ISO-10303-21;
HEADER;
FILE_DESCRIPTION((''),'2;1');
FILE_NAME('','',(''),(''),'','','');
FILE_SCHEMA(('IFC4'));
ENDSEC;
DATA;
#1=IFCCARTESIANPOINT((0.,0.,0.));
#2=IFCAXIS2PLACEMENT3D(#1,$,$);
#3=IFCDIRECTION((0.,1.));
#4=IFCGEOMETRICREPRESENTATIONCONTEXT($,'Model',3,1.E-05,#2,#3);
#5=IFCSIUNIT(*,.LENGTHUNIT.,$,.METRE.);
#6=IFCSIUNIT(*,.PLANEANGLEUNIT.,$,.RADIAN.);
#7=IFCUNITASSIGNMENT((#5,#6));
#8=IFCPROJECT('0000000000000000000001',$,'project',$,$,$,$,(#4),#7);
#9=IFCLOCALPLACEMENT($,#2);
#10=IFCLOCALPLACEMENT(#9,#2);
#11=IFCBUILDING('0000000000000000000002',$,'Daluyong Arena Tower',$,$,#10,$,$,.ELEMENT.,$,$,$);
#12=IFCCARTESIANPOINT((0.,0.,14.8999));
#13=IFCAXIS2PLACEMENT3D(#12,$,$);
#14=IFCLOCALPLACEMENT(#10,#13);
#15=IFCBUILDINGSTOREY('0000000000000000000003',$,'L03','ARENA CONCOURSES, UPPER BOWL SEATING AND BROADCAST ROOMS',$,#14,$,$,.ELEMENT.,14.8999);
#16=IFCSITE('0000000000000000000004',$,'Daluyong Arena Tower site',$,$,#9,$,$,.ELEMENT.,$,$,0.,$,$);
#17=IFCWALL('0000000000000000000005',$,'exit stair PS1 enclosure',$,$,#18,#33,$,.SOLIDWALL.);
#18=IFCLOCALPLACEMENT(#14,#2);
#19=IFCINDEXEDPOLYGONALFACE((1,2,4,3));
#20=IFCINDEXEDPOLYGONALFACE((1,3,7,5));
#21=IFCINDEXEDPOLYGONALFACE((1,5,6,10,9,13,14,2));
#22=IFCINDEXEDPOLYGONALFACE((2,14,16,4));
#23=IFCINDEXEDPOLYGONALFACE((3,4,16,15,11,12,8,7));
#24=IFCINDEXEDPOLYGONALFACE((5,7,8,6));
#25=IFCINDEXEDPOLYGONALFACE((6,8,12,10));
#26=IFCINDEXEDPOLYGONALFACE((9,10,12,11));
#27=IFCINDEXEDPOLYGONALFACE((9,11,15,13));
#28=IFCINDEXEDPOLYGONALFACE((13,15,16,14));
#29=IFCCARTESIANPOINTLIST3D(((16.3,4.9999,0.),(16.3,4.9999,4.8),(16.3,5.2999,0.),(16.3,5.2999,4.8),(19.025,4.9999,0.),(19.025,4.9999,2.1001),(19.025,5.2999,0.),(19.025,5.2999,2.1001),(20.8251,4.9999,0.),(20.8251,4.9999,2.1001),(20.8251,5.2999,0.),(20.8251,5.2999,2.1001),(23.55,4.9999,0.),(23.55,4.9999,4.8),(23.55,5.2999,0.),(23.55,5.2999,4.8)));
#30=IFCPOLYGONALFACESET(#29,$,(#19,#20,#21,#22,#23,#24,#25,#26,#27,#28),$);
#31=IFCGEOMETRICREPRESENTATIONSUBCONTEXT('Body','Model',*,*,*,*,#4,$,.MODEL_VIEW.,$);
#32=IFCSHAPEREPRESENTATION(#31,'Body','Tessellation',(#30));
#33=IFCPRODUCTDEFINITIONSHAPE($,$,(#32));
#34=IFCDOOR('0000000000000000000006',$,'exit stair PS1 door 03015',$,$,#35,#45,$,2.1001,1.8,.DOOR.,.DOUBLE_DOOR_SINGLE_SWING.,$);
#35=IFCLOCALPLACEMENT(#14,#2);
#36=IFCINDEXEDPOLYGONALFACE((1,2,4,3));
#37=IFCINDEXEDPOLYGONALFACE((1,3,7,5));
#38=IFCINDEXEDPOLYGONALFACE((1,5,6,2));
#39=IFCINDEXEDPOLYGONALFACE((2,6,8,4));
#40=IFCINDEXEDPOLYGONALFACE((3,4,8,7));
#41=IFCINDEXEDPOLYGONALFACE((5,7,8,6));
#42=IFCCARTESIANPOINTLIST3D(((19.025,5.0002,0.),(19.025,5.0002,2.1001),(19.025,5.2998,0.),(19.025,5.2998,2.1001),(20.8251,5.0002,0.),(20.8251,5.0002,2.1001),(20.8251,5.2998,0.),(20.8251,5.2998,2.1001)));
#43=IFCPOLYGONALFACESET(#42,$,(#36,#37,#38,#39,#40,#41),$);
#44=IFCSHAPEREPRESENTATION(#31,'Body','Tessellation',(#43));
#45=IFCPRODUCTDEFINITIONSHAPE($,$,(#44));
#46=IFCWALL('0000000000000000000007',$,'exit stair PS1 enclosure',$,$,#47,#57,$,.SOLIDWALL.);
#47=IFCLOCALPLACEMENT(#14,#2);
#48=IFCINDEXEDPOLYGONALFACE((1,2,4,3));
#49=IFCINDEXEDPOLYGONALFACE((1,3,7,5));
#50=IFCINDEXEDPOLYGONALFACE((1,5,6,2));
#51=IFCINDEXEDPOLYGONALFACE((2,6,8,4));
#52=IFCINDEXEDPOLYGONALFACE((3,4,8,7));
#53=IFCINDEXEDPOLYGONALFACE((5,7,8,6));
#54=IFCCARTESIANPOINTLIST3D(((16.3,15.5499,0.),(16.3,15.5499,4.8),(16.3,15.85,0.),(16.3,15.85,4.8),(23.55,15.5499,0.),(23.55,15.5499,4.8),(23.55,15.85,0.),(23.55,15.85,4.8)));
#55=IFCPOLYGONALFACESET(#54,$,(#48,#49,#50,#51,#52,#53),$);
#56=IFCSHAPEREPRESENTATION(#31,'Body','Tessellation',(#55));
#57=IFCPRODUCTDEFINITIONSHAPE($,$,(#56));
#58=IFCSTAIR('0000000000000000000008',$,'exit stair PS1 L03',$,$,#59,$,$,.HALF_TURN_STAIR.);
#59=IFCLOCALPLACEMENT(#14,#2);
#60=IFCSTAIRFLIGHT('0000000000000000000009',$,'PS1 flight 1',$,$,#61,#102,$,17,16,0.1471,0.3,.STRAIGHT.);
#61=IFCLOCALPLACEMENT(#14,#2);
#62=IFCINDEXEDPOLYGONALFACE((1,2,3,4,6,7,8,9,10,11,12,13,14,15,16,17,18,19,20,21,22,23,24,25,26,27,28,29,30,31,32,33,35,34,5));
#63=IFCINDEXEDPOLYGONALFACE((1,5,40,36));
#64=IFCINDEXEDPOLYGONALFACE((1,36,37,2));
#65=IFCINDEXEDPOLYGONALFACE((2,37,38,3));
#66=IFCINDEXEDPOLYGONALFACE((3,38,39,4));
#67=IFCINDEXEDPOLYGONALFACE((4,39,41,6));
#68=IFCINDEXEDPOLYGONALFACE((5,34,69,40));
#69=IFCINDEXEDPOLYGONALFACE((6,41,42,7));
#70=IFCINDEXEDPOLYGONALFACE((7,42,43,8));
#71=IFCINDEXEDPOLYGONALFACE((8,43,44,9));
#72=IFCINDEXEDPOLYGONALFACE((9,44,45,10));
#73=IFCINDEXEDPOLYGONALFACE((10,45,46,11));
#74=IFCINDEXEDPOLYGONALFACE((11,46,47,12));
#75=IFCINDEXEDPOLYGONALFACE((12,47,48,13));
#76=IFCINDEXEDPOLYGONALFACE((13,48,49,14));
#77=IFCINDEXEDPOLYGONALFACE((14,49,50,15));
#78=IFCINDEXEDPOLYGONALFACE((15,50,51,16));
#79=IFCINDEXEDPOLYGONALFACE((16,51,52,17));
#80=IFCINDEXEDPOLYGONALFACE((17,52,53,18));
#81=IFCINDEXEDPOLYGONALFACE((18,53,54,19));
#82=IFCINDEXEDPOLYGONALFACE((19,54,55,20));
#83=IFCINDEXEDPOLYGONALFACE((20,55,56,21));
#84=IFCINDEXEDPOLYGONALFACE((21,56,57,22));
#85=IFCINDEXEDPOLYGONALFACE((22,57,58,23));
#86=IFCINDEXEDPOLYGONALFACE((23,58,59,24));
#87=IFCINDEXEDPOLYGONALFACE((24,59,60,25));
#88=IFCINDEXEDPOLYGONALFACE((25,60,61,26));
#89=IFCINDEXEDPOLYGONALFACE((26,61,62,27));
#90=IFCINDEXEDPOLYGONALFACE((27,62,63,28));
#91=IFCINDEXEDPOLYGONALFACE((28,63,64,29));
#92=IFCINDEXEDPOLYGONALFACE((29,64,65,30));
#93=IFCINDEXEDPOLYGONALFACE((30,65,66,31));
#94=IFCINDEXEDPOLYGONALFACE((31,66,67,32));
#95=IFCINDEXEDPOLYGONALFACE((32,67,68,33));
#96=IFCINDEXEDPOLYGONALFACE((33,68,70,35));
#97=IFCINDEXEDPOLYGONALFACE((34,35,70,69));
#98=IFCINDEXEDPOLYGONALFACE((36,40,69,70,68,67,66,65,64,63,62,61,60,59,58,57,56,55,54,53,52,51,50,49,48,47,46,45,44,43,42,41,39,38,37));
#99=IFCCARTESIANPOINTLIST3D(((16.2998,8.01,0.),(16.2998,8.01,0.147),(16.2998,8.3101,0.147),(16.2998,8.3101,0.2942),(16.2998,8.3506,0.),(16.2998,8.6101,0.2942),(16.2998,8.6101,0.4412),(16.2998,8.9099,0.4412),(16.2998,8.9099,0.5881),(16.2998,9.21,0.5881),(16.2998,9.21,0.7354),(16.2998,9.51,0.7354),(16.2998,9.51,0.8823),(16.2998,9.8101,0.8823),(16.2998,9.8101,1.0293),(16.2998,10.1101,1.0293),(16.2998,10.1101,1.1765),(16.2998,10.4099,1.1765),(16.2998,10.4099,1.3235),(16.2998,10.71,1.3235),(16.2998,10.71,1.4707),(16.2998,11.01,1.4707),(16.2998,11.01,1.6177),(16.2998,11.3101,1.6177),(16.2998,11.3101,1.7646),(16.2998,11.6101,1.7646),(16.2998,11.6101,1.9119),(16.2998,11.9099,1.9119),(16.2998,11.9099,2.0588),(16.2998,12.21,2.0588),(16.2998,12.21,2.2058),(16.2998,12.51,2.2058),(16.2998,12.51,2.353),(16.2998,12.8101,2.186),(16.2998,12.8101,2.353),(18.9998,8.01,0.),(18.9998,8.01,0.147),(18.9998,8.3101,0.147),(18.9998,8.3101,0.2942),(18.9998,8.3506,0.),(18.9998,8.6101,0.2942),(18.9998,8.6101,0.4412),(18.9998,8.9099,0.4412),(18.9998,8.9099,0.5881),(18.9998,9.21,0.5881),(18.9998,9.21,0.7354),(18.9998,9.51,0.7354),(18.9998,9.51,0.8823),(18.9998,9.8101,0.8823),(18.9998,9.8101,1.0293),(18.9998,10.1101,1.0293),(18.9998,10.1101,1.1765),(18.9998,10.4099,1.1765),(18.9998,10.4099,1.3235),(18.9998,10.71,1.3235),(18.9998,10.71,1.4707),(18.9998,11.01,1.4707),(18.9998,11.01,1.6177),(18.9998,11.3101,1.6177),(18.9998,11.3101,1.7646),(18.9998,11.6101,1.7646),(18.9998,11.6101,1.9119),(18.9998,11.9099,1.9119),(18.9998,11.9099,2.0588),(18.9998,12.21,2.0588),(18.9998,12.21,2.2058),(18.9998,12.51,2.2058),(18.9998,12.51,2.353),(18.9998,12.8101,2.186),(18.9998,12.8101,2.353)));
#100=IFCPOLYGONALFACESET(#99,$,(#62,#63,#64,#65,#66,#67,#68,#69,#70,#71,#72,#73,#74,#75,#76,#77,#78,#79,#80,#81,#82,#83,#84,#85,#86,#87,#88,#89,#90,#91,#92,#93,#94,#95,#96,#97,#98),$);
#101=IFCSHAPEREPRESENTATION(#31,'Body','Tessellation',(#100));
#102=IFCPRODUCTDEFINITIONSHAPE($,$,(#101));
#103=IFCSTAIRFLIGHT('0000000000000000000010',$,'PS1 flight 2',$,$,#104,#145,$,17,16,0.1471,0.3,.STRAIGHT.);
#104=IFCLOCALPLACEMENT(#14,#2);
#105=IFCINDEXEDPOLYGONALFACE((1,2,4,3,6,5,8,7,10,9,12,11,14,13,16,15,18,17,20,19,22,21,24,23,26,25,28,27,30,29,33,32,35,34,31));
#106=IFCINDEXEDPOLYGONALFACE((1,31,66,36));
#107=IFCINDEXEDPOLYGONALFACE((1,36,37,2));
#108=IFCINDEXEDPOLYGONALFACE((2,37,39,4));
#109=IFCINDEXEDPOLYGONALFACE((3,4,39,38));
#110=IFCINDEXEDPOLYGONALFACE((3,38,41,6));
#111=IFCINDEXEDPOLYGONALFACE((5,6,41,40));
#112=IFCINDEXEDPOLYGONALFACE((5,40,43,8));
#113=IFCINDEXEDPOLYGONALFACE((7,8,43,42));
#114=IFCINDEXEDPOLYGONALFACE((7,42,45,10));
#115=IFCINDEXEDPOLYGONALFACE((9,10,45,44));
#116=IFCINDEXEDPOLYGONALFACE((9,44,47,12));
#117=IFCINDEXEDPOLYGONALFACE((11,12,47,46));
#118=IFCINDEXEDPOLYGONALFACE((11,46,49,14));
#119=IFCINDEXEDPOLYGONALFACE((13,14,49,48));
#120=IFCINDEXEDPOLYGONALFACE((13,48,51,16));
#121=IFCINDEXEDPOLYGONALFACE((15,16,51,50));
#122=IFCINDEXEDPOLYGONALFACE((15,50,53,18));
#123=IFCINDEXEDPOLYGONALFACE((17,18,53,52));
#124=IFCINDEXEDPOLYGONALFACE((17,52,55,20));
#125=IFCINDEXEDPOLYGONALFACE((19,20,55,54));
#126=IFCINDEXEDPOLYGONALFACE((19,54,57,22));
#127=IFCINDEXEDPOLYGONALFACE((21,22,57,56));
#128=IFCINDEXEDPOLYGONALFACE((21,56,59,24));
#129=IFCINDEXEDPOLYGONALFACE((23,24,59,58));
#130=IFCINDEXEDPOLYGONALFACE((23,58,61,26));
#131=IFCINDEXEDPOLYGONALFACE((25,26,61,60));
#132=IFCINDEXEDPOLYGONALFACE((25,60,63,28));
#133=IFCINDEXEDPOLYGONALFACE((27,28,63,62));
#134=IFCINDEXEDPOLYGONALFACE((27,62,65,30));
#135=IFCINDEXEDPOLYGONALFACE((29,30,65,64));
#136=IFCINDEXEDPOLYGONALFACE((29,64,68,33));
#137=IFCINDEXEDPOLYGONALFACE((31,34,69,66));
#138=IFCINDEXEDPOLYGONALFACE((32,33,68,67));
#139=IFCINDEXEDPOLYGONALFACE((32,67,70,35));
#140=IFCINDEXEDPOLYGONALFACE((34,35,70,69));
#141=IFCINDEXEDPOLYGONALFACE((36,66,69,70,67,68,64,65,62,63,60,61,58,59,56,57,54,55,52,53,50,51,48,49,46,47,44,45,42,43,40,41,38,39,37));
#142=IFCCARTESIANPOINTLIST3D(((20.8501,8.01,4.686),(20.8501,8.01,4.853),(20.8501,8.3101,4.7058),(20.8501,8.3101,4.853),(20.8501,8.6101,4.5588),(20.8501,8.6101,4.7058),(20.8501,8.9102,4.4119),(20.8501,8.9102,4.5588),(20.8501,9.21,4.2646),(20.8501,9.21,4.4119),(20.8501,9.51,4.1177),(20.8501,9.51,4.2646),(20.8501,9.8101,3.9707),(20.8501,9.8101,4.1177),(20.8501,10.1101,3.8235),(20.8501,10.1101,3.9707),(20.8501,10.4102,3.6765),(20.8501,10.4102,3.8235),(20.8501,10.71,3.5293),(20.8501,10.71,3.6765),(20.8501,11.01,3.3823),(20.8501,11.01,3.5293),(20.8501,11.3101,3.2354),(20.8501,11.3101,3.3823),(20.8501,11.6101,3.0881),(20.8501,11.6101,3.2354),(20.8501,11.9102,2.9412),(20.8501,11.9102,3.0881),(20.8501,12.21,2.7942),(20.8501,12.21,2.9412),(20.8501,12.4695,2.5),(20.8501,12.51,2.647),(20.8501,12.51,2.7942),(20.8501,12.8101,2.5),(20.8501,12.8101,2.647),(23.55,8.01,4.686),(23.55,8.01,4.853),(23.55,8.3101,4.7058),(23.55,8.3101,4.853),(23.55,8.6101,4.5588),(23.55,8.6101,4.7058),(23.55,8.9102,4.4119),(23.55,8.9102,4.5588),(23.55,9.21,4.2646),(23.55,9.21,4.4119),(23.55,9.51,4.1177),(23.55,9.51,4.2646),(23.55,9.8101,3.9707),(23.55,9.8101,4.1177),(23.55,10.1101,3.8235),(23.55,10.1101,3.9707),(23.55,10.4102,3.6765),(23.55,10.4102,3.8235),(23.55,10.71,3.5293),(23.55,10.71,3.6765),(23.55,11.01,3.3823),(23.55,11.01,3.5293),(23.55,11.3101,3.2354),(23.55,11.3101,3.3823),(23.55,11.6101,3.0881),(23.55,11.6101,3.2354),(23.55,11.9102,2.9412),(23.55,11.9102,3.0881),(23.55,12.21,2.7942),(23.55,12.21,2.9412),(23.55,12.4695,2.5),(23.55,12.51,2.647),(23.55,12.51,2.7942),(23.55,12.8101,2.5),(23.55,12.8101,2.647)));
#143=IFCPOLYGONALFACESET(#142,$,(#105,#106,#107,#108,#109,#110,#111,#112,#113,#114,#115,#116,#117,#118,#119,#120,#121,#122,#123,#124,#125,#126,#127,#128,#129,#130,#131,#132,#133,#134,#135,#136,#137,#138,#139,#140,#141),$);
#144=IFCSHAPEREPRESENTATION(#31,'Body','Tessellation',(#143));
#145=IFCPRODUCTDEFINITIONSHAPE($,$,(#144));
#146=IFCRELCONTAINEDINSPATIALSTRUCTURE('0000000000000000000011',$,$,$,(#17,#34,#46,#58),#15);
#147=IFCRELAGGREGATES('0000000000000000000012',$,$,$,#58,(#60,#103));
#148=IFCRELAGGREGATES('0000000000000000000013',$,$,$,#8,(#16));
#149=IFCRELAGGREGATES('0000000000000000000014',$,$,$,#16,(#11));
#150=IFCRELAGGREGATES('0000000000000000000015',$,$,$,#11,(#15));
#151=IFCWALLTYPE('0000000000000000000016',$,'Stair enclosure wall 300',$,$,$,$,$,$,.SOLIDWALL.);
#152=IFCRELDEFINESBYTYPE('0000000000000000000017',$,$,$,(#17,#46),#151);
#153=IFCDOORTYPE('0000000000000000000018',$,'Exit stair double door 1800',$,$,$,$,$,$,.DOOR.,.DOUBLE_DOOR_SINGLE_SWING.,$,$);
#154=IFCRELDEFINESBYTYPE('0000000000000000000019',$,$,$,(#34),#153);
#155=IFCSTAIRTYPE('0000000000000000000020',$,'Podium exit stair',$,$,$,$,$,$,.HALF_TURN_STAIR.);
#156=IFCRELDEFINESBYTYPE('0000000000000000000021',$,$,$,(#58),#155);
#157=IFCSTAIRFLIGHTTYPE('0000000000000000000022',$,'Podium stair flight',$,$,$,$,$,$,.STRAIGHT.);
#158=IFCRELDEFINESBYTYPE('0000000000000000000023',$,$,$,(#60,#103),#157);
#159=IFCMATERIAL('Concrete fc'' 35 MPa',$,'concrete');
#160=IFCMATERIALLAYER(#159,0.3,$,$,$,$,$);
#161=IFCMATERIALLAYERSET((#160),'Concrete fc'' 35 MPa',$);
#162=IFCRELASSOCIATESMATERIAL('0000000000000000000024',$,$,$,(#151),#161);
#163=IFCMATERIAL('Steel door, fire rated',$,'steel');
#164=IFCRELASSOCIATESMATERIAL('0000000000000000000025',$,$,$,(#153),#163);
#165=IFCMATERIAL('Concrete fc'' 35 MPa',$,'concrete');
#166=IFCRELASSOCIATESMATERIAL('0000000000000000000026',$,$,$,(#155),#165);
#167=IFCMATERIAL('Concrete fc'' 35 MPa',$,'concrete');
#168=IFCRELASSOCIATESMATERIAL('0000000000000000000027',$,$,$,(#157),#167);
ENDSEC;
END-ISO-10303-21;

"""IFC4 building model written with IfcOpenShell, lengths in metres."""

from ifc_helpers import new_model, si_unit, direction, frame, frame_2d, origin, place, context, subcontext, project, spatial, polyline, rectangle, outline, extrude, material, layer, layer_set, type_object, element, fill, aggregate, save


model = new_model("IFC4")

# Units and contexts
model_context = context("Model", 3, precision=1e-05, world=origin(), true_north=direction((0.0, 1.0)))
body_context = subcontext(model_context, "Body", "Model", "MODEL_VIEW")
ifc_project = project(units=[si_unit("LENGTHUNIT", "METRE"), si_unit("PLANEANGLEUNIT", "RADIAN")], contexts=[model_context])

# Site, building, storey
site_placement = place(None, origin())
site = spatial("IfcSite", under=ifc_project, at=site_placement, Name="Daluyong Arena Tower site", CompositionType="ELEMENT", RefElevation=0.0)
building_placement = place(site_placement, origin())
building = spatial("IfcBuilding", under=site, at=building_placement, Name="Daluyong Arena Tower", CompositionType="ELEMENT")
storey_placement = place(building_placement, frame((0.0, 0.0, 14.8999)))
storey = spatial("IfcBuildingStorey", under=building, at=storey_placement, Name="L03", Description="ARENA CONCOURSES, UPPER BOWL SEATING AND BROADCAST ROOMS", CompositionType="ELEMENT", Elevation=14.8999)

# Shared definitions
ifc_material_1 = material(Name="Concrete fc' 35 MPa", Category="concrete")
ifc_layer = layer(ifc_material_1, 0.3)
ifc_layer_set = layer_set([ifc_layer], Name="Concrete fc' 35 MPa")
wall_type = type_object("IfcWallType", Name="Stair enclosure wall 300", PredefinedType="SOLIDWALL", material=ifc_layer_set)

# Wall, opening, door
wall_1_placement = place(storey_placement, frame((16.3, 5.1499, 0.0), z_axis=(0.0, 0.0, 1.0), x_axis=(1.0, 0.0, 0.0)))
wall_1 = element("IfcWall", 1, at=wall_1_placement, inside=storey, type_object=wall_type, Name="exit stair PS1 enclosure", PredefinedType="SOLIDWALL", context=body_context, shape_type="SweptSolid", body=[
    extrude(rectangle(XDim=7.25, YDim=0.3, at=frame_2d((3.625, 0.0))), origin(), (0.0, 0.0, 1.0), 4.8),
])
opening_placement = place(wall_1_placement, frame((2.7251, 0.0, 0.0)))
opening = element("IfcOpeningElement", 2, at=opening_placement, cuts=wall_1, PredefinedType="OPENING", context=body_context, shape_type="SweptSolid", body=[
    extrude(rectangle(XDim=1.8, YDim=2.1001, at=frame_2d((0.8999, 1.05))), frame((0.0, 0.1599, 0.0), z_axis=(0.0, -1.0, 0.0), x_axis=(1.0, 0.0, 0.0)), (0.0, 0.0, 1.0), 0.3201),
])
ifc_material_2 = material(Name="Steel door, fire rated", Category="steel")
door_type = type_object("IfcDoorType", Name="Exit stair double door 1800", OperationType="DOUBLE_DOOR_SINGLE_SWING", PredefinedType="DOOR", material=ifc_material_2)
door_placement = place(opening_placement, origin())
door = element("IfcDoor", 3, at=door_placement, inside=storey, type_object=door_type, Name="exit stair PS1 door 03015", OperationType="DOUBLE_DOOR_SINGLE_SWING", OverallHeight=2.1001, OverallWidth=1.8, PredefinedType="DOOR", context=body_context, shape_type="SweptSolid", body=[
    extrude(rectangle(XDim=1.8, YDim=2.1001, at=frame_2d((0.8999, 1.05))), frame((0.0, 0.1499, 0.0), z_axis=(0.0, -1.0, 0.0), x_axis=(1.0, 0.0, 0.0)), (0.0, 0.0, 1.0), 0.2996),
])
fill(opening, door)

# Wall
wall_2_placement = place(storey_placement, frame((16.3, 15.7, 0.0), z_axis=(0.0, 0.0, 1.0), x_axis=(1.0, 0.0, 0.0)))
element("IfcWall", 4, at=wall_2_placement, inside=storey, type_object=wall_type, Name="exit stair PS1 enclosure", PredefinedType="SOLIDWALL", context=body_context, shape_type="SweptSolid", body=[
    extrude(rectangle(XDim=7.25, YDim=0.3, at=frame_2d((3.625, 0.0))), origin(), (0.0, 0.0, 1.0), 4.8),
])

# Stair, stair flights
ifc_material_3 = material(Name="Concrete fc' 35 MPa", Category="concrete")
stair_type = type_object("IfcStairType", Name="Podium exit stair", PredefinedType="HALF_TURN_STAIR", material=ifc_material_3)
stair_placement = place(storey_placement, origin())
stair = element("IfcStair", 5, at=stair_placement, inside=storey, type_object=stair_type, Name="exit stair PS1 L03", PredefinedType="HALF_TURN_STAIR")
ifc_material_4 = material(Name="Concrete fc' 35 MPa", Category="concrete")
stair_flight_type = type_object("IfcStairFlightType", Name="Podium stair flight", PredefinedType="STRAIGHT", material=ifc_material_4)
stair_flight_1_placement = place(storey_placement, frame((17.6499, 8.01, 0.0), z_axis=(0.0, 0.0, 1.0), x_axis=(0.0, 1.0, 0.0)))
stair_flight_1 = element("IfcStairFlight", 6, at=stair_flight_1_placement, type_object=stair_flight_type, Name="PS1 flight 1", NumberOfRisers=17, NumberOfTreads=16, PredefinedType="STRAIGHT", RiserHeight=0.1471, TreadLength=0.3, context=body_context, shape_type="SweptSolid", body=[
    extrude(outline(polyline([(0.0, 0.0), (0.0, 0.147), (0.3, 0.147), (0.3, 0.2942), (0.6001, 0.2942), (0.6001, 0.4412), (0.8999, 0.4412), (0.8999, 0.5881), (1.2, 0.5881), (1.2, 0.7354), (1.5, 0.7354), (1.5, 0.8823), (1.8, 0.8823), (1.8, 1.0293), (2.1001, 1.0293), (2.1001, 1.1765), (2.3999, 1.1765), (2.3999, 1.3235), (2.7, 1.3235), (2.7, 1.4707), (3.0, 1.4707), (3.0, 1.6177), (3.3, 1.6177), (3.3, 1.7646), (3.6001, 1.7646), (3.6001, 1.9119), (3.8999, 1.9119), (3.8999, 2.0588), (4.2, 2.0588), (4.2, 2.2058), (4.5, 2.2058), (4.5, 2.353), (4.8, 2.353), (4.8, 2.5), (4.8, 2.186), (0.3406, 0.0), (0.0, 0.0)])), frame((0.0, 1.3501, 0.0), z_axis=(0.0, -1.0, 0.0), x_axis=(1.0, 0.0, 0.0)), (0.0, 0.0, 1.0), 2.7),
])
stair_flight_2_placement = place(storey_placement, frame((22.2, 12.8101, 2.5), z_axis=(0.0, 0.0, 1.0), x_axis=(0.0, -1.0, 0.0)))
stair_flight_2 = element("IfcStairFlight", 7, at=stair_flight_2_placement, type_object=stair_flight_type, Name="PS1 flight 2", NumberOfRisers=17, NumberOfTreads=16, PredefinedType="STRAIGHT", RiserHeight=0.1471, TreadLength=0.3, context=body_context, shape_type="SweptSolid", body=[
    extrude(outline(polyline([(0.0, 0.0), (0.0, 0.147), (0.3, 0.147), (0.3, 0.2942), (0.6001, 0.2942), (0.6001, 0.4412), (0.8999, 0.4412), (0.8999, 0.5881), (1.2, 0.5881), (1.2, 0.7354), (1.5, 0.7354), (1.5, 0.8823), (1.8, 0.8823), (1.8, 1.0293), (2.1001, 1.0293), (2.1001, 1.1765), (2.3999, 1.1765), (2.3999, 1.3235), (2.7, 1.3235), (2.7, 1.4707), (3.0, 1.4707), (3.0, 1.6177), (3.3, 1.6177), (3.3, 1.7646), (3.6001, 1.7646), (3.6001, 1.9119), (3.8999, 1.9119), (3.8999, 2.0588), (4.2, 2.0588), (4.2, 2.2058), (4.5, 2.2058), (4.5, 2.353), (4.8, 2.353), (4.8, 2.5), (4.8, 2.186), (0.3406, 0.0), (0.0, 0.0)])), frame((0.0, 1.3501, 0.0), z_axis=(0.0, -1.0, 0.0), x_axis=(1.0, 0.0, 0.0)), (0.0, 0.0, 1.0), 2.7),
])
aggregate(stair, [stair_flight_1, stair_flight_2])

save(model, "model.ifc")
